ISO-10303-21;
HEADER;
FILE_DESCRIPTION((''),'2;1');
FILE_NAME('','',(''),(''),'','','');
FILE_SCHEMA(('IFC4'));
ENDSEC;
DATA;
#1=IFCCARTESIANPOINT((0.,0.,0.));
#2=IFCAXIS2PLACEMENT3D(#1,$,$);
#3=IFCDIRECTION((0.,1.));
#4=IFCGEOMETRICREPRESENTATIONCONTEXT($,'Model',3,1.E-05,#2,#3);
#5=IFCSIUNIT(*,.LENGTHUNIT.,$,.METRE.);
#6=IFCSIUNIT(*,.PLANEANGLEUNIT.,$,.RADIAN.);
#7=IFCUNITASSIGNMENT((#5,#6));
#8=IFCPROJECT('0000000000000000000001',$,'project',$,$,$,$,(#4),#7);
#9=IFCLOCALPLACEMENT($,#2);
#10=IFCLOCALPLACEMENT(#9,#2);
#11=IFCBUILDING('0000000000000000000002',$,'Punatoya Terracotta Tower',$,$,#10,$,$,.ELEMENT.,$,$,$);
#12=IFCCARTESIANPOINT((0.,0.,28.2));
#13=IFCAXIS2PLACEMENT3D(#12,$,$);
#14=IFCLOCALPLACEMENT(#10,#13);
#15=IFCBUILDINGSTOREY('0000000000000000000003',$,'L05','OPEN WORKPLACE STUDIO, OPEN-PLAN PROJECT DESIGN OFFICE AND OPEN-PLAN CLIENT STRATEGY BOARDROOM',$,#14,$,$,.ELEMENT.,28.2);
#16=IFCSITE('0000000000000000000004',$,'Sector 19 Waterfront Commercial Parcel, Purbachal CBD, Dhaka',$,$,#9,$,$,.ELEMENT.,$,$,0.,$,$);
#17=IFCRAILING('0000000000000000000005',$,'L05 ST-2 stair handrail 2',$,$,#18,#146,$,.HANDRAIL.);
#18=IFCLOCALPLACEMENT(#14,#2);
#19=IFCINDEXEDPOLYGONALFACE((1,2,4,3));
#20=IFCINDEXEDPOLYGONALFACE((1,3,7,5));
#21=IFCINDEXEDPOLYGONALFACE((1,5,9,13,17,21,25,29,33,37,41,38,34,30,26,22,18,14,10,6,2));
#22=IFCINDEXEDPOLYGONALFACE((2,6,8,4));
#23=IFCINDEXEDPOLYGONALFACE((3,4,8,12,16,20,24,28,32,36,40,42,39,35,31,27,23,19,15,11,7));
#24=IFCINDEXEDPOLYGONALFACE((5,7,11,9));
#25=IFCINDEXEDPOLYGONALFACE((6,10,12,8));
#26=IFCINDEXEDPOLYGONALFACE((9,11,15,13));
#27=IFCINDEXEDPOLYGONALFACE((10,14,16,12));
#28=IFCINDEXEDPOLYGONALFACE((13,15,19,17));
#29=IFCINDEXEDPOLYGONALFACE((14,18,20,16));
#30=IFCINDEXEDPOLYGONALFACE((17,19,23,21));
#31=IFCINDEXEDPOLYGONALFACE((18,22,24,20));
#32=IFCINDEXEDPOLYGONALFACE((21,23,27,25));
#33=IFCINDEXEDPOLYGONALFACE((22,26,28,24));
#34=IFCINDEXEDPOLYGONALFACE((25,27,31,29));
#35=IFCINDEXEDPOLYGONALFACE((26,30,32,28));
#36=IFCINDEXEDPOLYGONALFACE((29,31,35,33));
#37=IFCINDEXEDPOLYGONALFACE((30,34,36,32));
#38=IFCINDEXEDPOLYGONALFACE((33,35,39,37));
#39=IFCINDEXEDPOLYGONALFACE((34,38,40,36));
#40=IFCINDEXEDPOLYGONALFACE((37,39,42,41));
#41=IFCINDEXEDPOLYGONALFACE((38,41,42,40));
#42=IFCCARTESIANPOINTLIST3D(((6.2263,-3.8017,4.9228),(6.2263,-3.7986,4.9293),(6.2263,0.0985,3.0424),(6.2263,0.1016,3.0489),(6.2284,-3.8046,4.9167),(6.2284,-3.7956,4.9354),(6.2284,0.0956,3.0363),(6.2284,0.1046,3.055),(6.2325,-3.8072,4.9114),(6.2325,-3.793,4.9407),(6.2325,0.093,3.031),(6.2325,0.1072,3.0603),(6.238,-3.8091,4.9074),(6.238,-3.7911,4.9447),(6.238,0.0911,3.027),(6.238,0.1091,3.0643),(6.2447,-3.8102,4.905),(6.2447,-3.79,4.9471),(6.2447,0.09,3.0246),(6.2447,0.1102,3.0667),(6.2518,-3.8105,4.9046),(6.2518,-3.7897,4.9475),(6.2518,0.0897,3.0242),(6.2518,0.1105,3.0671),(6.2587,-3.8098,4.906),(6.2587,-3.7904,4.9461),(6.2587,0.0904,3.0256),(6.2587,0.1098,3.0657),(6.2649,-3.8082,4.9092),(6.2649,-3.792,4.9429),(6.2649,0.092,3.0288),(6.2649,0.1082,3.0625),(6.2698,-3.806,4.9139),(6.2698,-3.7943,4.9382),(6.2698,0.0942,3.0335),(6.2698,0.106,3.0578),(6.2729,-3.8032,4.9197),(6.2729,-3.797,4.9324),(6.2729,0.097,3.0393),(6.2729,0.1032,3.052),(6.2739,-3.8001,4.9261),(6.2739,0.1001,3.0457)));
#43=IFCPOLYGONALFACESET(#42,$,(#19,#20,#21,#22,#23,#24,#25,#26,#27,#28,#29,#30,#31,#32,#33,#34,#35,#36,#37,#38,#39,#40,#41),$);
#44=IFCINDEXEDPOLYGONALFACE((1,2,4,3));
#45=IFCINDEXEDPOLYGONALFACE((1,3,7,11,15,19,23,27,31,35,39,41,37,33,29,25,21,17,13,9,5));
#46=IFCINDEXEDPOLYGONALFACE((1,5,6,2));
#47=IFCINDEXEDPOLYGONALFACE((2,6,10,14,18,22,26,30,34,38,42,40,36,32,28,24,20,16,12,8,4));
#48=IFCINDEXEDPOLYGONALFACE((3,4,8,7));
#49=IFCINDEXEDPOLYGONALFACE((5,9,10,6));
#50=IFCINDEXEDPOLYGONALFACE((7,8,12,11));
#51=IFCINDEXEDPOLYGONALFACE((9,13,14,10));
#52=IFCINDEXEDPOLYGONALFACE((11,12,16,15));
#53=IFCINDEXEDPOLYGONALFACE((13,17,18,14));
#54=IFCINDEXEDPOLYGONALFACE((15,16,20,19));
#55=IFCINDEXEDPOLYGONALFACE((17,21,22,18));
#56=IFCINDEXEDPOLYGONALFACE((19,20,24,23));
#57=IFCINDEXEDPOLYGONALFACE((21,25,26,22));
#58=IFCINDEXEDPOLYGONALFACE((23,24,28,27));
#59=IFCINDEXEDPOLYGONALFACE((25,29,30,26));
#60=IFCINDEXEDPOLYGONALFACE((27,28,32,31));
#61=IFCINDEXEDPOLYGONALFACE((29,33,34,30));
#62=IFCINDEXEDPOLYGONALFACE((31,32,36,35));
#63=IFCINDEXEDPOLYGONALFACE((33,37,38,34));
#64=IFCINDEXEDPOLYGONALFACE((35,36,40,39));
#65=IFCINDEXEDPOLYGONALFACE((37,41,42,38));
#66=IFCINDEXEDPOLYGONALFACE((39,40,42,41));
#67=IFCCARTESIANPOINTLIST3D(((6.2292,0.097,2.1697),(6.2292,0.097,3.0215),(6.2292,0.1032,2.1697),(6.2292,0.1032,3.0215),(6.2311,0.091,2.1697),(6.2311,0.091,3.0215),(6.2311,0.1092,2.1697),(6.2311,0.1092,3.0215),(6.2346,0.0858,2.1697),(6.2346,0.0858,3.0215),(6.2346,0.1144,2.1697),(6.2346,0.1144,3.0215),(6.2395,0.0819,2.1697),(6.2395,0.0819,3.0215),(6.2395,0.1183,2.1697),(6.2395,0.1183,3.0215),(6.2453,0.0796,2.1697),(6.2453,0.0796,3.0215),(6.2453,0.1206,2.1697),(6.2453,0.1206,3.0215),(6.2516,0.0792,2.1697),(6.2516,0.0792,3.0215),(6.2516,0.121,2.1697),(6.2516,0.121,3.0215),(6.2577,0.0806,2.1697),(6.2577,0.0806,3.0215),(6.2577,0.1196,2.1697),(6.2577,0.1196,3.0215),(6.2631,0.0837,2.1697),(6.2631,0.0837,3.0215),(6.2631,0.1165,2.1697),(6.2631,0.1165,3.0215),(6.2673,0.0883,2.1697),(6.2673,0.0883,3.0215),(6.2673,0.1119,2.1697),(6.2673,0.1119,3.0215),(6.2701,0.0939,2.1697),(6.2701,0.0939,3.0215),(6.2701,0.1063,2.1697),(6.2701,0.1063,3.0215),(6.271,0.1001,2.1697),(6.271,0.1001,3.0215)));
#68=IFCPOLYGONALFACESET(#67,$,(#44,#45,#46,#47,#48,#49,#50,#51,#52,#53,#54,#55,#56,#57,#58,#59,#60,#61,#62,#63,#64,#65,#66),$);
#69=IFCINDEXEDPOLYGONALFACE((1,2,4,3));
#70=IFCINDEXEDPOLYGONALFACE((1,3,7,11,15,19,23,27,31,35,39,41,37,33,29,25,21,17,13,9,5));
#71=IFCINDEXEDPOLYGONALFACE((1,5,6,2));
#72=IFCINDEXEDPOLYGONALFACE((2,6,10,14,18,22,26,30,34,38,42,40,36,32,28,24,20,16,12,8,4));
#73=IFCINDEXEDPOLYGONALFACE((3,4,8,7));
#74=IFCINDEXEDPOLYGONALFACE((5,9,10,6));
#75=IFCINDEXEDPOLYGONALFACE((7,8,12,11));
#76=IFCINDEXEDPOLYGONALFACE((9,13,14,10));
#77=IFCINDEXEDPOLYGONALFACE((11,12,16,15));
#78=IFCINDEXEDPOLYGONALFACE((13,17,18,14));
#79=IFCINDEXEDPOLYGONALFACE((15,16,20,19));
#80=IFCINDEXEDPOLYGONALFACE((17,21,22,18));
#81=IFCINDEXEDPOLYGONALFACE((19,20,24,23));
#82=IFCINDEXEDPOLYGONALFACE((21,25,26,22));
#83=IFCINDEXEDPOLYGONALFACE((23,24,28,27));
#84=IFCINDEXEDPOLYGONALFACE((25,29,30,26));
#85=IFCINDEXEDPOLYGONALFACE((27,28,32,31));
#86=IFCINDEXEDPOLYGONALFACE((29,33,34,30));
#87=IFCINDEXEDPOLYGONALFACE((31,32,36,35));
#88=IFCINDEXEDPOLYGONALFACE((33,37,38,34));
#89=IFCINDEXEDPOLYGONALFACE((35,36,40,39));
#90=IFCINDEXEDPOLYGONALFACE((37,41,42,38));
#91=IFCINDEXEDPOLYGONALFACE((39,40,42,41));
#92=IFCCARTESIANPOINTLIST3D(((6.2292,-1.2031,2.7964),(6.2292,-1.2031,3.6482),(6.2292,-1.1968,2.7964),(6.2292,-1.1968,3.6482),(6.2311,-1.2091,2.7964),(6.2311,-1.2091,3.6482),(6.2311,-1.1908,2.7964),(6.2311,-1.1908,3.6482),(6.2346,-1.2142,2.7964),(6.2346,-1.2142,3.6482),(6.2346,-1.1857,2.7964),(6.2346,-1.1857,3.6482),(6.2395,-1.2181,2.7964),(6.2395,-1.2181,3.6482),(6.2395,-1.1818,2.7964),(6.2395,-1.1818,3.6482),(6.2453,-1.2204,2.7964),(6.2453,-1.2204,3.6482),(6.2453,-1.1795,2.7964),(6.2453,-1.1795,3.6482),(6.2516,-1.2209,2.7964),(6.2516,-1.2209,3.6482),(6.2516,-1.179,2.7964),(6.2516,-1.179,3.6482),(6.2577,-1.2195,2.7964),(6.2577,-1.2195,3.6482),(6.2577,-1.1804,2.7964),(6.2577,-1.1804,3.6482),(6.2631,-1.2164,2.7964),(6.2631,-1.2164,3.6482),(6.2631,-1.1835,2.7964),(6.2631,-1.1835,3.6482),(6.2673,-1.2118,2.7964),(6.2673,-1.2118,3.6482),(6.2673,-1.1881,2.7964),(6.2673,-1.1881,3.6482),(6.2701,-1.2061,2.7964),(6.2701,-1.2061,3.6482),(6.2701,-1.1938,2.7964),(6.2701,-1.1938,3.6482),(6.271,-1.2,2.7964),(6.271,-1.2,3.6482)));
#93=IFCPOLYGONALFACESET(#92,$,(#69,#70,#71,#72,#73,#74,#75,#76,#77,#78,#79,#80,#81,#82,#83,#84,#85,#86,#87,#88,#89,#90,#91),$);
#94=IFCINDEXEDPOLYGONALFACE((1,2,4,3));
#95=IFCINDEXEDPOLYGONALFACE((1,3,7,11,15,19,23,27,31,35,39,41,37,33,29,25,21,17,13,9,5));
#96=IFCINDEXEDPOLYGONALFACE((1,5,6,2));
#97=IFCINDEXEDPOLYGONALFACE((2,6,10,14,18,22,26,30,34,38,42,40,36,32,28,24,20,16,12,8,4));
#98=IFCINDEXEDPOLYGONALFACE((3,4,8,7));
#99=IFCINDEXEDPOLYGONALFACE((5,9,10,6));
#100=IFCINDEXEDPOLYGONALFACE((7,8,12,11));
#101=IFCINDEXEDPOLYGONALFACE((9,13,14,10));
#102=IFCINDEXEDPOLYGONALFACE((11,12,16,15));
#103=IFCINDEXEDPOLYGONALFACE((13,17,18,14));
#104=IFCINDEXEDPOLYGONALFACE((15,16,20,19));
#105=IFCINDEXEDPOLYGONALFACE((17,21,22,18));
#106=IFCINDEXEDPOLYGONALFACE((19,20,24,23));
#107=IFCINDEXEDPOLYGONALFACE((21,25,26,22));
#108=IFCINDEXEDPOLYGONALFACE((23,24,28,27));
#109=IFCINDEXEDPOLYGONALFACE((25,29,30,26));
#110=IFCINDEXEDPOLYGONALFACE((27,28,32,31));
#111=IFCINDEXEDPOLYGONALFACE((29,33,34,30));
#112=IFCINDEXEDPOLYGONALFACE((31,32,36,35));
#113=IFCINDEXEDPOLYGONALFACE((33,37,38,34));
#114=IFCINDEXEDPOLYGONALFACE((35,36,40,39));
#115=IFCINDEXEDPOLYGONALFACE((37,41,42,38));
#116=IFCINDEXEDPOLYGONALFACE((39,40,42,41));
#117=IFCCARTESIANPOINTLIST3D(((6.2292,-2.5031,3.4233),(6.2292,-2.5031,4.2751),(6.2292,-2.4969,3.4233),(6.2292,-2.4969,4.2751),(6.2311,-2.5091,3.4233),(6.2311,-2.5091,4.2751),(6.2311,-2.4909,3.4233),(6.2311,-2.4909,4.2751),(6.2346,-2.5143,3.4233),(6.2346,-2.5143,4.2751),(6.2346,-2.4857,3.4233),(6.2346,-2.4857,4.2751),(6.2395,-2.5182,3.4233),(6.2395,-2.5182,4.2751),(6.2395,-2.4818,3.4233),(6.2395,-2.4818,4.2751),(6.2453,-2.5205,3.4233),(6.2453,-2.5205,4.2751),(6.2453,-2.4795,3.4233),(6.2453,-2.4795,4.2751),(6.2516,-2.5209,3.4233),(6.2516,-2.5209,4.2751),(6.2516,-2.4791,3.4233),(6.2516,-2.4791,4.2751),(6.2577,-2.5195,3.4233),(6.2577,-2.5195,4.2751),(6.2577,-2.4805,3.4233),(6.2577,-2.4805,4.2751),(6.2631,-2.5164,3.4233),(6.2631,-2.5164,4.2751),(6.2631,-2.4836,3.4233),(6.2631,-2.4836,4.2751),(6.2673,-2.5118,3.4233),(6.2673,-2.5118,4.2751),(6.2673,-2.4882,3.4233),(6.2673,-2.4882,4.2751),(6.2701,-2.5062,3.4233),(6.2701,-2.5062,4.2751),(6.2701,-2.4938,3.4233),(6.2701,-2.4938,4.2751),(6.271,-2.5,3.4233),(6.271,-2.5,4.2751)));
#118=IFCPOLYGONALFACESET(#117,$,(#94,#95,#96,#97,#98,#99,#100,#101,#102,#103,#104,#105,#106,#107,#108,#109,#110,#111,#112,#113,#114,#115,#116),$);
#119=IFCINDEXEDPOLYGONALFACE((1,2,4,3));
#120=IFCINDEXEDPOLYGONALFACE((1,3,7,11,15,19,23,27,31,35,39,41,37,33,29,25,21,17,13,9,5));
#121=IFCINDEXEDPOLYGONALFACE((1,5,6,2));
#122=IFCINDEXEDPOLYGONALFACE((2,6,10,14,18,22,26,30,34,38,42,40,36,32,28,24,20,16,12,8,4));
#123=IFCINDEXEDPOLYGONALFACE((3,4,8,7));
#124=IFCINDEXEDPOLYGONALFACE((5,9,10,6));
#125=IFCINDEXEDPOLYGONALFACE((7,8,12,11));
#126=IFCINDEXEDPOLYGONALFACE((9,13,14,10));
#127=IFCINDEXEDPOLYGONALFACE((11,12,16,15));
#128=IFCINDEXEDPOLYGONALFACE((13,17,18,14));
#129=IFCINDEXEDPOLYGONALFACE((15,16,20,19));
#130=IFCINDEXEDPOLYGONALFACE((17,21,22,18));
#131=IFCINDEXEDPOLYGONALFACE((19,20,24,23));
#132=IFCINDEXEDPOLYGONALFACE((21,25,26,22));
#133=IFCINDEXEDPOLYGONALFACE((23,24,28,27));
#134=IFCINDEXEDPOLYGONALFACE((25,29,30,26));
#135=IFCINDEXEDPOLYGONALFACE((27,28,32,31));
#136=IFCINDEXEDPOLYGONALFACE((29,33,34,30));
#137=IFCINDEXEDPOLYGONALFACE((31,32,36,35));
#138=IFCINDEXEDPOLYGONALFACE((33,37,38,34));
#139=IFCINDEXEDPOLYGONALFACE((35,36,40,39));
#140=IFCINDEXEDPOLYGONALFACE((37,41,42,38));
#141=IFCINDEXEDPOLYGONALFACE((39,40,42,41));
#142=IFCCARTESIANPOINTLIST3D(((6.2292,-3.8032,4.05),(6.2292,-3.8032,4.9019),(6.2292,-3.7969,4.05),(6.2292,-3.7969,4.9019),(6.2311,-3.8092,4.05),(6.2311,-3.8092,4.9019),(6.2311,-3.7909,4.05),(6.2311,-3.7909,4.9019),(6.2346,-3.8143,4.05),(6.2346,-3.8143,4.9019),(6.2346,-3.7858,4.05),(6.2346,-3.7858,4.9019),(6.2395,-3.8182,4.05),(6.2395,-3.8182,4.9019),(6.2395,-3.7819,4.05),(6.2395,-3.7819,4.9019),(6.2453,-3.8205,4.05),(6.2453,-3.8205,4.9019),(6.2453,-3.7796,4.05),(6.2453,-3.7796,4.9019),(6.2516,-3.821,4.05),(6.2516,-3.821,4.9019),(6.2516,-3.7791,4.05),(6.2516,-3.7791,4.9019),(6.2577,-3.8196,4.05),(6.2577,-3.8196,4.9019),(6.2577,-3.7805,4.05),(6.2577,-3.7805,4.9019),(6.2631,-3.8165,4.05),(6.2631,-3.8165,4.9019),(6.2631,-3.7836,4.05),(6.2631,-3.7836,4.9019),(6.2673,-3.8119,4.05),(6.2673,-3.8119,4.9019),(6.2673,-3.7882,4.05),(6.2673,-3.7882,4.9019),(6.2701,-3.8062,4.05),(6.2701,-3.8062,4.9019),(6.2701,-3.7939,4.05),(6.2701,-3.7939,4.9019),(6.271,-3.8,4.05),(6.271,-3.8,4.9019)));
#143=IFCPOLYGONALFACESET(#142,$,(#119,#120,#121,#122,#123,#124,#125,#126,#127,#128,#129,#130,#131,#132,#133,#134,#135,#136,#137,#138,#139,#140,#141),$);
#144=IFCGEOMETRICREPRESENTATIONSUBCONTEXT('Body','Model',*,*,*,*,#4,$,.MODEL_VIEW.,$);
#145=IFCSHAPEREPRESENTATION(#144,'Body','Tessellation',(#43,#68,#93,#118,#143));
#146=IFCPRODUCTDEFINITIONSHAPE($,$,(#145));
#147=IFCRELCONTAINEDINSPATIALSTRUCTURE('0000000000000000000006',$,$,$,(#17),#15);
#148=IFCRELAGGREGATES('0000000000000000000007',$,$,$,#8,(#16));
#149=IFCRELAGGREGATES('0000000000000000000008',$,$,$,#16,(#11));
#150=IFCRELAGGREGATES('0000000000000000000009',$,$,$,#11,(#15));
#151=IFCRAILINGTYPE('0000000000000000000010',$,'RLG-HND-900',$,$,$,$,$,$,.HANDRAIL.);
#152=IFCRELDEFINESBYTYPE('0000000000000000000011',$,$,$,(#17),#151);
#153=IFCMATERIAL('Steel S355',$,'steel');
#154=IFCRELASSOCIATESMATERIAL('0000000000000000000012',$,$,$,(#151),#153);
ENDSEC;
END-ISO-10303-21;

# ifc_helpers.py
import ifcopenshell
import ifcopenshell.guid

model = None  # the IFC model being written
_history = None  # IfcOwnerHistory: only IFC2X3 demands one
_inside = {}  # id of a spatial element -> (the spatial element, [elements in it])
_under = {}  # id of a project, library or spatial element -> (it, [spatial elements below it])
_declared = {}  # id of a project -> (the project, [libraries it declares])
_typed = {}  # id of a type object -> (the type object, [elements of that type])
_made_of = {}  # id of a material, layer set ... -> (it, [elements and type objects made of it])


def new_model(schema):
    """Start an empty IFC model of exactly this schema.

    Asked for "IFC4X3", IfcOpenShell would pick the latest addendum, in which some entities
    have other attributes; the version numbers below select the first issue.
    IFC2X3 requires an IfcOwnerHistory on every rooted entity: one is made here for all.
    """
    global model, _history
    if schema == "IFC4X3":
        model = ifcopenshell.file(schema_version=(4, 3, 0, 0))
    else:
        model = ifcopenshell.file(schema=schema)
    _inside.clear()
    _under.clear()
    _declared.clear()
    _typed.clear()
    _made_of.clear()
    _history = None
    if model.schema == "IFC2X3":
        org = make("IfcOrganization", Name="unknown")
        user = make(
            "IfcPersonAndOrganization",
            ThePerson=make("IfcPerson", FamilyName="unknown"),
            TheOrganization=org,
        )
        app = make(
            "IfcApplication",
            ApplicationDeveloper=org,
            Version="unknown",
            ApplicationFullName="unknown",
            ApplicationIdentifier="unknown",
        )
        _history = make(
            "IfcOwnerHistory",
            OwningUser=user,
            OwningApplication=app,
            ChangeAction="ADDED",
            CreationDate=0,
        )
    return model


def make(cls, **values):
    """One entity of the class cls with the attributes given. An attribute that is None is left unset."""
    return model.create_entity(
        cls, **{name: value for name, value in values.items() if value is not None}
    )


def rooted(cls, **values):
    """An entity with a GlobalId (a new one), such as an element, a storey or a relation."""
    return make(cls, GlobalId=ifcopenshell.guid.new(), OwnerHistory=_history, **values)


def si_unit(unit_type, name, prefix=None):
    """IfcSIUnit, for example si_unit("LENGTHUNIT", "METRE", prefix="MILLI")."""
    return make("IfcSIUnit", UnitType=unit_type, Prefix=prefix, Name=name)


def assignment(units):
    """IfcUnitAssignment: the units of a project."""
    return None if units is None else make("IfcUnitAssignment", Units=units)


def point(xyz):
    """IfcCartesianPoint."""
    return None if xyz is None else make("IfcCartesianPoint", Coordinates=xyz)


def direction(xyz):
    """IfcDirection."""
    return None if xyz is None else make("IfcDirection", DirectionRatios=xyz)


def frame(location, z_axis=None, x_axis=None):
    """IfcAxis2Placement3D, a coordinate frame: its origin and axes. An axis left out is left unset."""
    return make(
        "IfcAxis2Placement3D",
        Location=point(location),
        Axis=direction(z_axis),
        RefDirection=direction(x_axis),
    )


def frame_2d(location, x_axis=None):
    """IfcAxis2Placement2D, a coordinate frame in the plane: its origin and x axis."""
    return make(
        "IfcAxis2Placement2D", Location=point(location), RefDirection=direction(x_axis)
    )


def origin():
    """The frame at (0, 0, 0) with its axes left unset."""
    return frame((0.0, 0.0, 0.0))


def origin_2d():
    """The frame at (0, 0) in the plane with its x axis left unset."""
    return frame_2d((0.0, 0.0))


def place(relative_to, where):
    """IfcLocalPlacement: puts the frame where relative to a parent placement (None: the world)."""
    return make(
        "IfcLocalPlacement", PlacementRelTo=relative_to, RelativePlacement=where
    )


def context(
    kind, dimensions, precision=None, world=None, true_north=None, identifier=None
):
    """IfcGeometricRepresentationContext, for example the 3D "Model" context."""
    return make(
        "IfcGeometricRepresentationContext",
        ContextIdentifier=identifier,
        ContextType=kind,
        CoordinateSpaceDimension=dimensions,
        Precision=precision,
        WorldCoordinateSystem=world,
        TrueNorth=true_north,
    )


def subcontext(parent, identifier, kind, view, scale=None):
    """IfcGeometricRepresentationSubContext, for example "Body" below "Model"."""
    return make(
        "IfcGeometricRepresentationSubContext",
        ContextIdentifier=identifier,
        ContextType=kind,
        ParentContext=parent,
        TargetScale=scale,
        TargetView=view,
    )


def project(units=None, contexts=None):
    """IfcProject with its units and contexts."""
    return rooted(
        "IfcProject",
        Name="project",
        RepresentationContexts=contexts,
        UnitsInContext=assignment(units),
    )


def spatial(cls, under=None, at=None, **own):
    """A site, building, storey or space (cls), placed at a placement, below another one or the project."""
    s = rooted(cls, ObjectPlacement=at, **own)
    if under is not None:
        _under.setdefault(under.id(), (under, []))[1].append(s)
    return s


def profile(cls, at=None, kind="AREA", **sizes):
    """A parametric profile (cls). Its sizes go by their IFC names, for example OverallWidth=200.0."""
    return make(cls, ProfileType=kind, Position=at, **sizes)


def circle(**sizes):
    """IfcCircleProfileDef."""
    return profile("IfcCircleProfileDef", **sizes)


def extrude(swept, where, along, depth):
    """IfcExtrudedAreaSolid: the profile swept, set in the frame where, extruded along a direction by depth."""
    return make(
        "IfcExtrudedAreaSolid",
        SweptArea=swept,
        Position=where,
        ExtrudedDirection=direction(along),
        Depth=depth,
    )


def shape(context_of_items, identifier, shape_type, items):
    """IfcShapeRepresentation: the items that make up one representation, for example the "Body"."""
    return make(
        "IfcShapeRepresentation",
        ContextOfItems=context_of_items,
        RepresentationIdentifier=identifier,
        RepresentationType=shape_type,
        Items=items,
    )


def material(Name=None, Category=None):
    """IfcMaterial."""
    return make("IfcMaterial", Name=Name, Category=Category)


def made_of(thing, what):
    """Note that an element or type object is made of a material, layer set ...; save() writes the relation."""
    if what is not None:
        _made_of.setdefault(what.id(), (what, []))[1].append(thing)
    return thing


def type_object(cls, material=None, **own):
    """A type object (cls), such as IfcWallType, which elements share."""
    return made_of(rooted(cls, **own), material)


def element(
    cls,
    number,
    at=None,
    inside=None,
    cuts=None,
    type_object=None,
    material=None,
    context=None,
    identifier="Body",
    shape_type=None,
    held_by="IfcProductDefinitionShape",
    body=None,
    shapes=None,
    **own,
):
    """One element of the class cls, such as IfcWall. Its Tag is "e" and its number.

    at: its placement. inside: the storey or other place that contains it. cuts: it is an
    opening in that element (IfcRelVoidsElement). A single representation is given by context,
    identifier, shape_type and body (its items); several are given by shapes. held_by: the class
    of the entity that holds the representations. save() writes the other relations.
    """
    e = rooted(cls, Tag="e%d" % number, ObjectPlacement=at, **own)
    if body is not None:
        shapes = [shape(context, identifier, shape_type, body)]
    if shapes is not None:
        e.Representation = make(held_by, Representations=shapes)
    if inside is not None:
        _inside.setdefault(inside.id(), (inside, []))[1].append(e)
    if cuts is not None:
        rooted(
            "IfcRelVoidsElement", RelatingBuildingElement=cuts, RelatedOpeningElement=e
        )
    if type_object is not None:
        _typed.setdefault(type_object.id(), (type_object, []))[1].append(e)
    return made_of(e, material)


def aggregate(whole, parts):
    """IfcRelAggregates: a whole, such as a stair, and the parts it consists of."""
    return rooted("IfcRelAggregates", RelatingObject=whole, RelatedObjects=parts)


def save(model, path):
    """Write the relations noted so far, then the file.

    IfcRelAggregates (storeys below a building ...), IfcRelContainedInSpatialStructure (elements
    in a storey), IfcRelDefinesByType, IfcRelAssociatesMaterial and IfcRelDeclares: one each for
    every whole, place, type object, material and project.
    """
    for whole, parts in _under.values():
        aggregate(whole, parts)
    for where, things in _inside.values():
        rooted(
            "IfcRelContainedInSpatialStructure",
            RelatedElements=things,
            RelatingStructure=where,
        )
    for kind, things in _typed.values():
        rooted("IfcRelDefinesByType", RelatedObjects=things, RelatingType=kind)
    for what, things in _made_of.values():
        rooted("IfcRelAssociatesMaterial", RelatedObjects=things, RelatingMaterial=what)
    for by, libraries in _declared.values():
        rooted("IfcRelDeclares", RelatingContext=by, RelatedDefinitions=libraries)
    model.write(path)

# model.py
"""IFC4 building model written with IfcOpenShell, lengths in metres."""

from ifc_helpers import new_model, si_unit, direction, frame, origin, origin_2d, place, context, subcontext, project, spatial, circle, extrude, material, type_object, element, save


model = new_model("IFC4")

# Units and contexts
model_context = context("Model", 3, precision=1e-05, world=origin(), true_north=direction((0.0, 1.0)))
body_context = subcontext(model_context, "Body", "Model", "MODEL_VIEW")
ifc_project = project(units=[si_unit("LENGTHUNIT", "METRE"), si_unit("PLANEANGLEUNIT", "RADIAN")], contexts=[model_context])

# Site, building, storey
site_placement = place(None, origin())
site = spatial("IfcSite", under=ifc_project, at=site_placement, Name="Sector 19 Waterfront Commercial Parcel, Purbachal CBD, Dhaka", CompositionType="ELEMENT", RefElevation=0.0)
building_placement = place(site_placement, origin())
building = spatial("IfcBuilding", under=site, at=building_placement, Name="Punatoya Terracotta Tower", CompositionType="ELEMENT")
storey_placement = place(building_placement, frame((0.0, 0.0, 28.2)))
storey = spatial("IfcBuildingStorey", under=building, at=storey_placement, Name="L05", Description="OPEN WORKPLACE STUDIO, OPEN-PLAN PROJECT DESIGN OFFICE AND OPEN-PLAN CLIENT STRATEGY BOARDROOM", CompositionType="ELEMENT", Elevation=28.2)

# Shared definitions
ifc_material_1 = material(Name="Steel S355", Category="steel")

# Railing
railing_type_1 = type_object("IfcRailingType", Name="RLG-HND-900", PredefinedType="HANDRAIL", material=ifc_material_1)
railing_1_placement = place(storey_placement, frame((6.25, 0.1001, 2.1697)))
element("IfcRailing", 1, at=railing_1_placement, inside=storey, type_object=railing_type_1, Name="L05 ST-2 stair handrail 2", PredefinedType="HANDRAIL", context=body_context, shape_type="SweptSolid", body=[
    extrude(circle(Radius=0.0239, at=origin_2d()), frame((0.0, 0.0, 0.876), z_axis=(0.0, -0.900774, 0.434289), x_axis=(1.0, 0.0, 0.0)), (0.0, 0.0, 1.0), 4.3298),
    extrude(circle(Radius=0.021, at=origin_2d()), origin(), (0.0, 0.0, 1.0), 0.8518),
    extrude(circle(Radius=0.021, at=origin_2d()), frame((0.0, -1.3, 0.6267)), (0.0, 0.0, 1.0), 0.8518),
    extrude(circle(Radius=0.021, at=origin_2d()), frame((0.0, -2.6001, 1.2537)), (0.0, 0.0, 1.0), 0.8518),
    extrude(circle(Radius=0.021, at=origin_2d()), frame((0.0, -3.9001, 1.8804)), (0.0, 0.0, 1.0), 0.8518),
])

save(model, "model.ifc")
